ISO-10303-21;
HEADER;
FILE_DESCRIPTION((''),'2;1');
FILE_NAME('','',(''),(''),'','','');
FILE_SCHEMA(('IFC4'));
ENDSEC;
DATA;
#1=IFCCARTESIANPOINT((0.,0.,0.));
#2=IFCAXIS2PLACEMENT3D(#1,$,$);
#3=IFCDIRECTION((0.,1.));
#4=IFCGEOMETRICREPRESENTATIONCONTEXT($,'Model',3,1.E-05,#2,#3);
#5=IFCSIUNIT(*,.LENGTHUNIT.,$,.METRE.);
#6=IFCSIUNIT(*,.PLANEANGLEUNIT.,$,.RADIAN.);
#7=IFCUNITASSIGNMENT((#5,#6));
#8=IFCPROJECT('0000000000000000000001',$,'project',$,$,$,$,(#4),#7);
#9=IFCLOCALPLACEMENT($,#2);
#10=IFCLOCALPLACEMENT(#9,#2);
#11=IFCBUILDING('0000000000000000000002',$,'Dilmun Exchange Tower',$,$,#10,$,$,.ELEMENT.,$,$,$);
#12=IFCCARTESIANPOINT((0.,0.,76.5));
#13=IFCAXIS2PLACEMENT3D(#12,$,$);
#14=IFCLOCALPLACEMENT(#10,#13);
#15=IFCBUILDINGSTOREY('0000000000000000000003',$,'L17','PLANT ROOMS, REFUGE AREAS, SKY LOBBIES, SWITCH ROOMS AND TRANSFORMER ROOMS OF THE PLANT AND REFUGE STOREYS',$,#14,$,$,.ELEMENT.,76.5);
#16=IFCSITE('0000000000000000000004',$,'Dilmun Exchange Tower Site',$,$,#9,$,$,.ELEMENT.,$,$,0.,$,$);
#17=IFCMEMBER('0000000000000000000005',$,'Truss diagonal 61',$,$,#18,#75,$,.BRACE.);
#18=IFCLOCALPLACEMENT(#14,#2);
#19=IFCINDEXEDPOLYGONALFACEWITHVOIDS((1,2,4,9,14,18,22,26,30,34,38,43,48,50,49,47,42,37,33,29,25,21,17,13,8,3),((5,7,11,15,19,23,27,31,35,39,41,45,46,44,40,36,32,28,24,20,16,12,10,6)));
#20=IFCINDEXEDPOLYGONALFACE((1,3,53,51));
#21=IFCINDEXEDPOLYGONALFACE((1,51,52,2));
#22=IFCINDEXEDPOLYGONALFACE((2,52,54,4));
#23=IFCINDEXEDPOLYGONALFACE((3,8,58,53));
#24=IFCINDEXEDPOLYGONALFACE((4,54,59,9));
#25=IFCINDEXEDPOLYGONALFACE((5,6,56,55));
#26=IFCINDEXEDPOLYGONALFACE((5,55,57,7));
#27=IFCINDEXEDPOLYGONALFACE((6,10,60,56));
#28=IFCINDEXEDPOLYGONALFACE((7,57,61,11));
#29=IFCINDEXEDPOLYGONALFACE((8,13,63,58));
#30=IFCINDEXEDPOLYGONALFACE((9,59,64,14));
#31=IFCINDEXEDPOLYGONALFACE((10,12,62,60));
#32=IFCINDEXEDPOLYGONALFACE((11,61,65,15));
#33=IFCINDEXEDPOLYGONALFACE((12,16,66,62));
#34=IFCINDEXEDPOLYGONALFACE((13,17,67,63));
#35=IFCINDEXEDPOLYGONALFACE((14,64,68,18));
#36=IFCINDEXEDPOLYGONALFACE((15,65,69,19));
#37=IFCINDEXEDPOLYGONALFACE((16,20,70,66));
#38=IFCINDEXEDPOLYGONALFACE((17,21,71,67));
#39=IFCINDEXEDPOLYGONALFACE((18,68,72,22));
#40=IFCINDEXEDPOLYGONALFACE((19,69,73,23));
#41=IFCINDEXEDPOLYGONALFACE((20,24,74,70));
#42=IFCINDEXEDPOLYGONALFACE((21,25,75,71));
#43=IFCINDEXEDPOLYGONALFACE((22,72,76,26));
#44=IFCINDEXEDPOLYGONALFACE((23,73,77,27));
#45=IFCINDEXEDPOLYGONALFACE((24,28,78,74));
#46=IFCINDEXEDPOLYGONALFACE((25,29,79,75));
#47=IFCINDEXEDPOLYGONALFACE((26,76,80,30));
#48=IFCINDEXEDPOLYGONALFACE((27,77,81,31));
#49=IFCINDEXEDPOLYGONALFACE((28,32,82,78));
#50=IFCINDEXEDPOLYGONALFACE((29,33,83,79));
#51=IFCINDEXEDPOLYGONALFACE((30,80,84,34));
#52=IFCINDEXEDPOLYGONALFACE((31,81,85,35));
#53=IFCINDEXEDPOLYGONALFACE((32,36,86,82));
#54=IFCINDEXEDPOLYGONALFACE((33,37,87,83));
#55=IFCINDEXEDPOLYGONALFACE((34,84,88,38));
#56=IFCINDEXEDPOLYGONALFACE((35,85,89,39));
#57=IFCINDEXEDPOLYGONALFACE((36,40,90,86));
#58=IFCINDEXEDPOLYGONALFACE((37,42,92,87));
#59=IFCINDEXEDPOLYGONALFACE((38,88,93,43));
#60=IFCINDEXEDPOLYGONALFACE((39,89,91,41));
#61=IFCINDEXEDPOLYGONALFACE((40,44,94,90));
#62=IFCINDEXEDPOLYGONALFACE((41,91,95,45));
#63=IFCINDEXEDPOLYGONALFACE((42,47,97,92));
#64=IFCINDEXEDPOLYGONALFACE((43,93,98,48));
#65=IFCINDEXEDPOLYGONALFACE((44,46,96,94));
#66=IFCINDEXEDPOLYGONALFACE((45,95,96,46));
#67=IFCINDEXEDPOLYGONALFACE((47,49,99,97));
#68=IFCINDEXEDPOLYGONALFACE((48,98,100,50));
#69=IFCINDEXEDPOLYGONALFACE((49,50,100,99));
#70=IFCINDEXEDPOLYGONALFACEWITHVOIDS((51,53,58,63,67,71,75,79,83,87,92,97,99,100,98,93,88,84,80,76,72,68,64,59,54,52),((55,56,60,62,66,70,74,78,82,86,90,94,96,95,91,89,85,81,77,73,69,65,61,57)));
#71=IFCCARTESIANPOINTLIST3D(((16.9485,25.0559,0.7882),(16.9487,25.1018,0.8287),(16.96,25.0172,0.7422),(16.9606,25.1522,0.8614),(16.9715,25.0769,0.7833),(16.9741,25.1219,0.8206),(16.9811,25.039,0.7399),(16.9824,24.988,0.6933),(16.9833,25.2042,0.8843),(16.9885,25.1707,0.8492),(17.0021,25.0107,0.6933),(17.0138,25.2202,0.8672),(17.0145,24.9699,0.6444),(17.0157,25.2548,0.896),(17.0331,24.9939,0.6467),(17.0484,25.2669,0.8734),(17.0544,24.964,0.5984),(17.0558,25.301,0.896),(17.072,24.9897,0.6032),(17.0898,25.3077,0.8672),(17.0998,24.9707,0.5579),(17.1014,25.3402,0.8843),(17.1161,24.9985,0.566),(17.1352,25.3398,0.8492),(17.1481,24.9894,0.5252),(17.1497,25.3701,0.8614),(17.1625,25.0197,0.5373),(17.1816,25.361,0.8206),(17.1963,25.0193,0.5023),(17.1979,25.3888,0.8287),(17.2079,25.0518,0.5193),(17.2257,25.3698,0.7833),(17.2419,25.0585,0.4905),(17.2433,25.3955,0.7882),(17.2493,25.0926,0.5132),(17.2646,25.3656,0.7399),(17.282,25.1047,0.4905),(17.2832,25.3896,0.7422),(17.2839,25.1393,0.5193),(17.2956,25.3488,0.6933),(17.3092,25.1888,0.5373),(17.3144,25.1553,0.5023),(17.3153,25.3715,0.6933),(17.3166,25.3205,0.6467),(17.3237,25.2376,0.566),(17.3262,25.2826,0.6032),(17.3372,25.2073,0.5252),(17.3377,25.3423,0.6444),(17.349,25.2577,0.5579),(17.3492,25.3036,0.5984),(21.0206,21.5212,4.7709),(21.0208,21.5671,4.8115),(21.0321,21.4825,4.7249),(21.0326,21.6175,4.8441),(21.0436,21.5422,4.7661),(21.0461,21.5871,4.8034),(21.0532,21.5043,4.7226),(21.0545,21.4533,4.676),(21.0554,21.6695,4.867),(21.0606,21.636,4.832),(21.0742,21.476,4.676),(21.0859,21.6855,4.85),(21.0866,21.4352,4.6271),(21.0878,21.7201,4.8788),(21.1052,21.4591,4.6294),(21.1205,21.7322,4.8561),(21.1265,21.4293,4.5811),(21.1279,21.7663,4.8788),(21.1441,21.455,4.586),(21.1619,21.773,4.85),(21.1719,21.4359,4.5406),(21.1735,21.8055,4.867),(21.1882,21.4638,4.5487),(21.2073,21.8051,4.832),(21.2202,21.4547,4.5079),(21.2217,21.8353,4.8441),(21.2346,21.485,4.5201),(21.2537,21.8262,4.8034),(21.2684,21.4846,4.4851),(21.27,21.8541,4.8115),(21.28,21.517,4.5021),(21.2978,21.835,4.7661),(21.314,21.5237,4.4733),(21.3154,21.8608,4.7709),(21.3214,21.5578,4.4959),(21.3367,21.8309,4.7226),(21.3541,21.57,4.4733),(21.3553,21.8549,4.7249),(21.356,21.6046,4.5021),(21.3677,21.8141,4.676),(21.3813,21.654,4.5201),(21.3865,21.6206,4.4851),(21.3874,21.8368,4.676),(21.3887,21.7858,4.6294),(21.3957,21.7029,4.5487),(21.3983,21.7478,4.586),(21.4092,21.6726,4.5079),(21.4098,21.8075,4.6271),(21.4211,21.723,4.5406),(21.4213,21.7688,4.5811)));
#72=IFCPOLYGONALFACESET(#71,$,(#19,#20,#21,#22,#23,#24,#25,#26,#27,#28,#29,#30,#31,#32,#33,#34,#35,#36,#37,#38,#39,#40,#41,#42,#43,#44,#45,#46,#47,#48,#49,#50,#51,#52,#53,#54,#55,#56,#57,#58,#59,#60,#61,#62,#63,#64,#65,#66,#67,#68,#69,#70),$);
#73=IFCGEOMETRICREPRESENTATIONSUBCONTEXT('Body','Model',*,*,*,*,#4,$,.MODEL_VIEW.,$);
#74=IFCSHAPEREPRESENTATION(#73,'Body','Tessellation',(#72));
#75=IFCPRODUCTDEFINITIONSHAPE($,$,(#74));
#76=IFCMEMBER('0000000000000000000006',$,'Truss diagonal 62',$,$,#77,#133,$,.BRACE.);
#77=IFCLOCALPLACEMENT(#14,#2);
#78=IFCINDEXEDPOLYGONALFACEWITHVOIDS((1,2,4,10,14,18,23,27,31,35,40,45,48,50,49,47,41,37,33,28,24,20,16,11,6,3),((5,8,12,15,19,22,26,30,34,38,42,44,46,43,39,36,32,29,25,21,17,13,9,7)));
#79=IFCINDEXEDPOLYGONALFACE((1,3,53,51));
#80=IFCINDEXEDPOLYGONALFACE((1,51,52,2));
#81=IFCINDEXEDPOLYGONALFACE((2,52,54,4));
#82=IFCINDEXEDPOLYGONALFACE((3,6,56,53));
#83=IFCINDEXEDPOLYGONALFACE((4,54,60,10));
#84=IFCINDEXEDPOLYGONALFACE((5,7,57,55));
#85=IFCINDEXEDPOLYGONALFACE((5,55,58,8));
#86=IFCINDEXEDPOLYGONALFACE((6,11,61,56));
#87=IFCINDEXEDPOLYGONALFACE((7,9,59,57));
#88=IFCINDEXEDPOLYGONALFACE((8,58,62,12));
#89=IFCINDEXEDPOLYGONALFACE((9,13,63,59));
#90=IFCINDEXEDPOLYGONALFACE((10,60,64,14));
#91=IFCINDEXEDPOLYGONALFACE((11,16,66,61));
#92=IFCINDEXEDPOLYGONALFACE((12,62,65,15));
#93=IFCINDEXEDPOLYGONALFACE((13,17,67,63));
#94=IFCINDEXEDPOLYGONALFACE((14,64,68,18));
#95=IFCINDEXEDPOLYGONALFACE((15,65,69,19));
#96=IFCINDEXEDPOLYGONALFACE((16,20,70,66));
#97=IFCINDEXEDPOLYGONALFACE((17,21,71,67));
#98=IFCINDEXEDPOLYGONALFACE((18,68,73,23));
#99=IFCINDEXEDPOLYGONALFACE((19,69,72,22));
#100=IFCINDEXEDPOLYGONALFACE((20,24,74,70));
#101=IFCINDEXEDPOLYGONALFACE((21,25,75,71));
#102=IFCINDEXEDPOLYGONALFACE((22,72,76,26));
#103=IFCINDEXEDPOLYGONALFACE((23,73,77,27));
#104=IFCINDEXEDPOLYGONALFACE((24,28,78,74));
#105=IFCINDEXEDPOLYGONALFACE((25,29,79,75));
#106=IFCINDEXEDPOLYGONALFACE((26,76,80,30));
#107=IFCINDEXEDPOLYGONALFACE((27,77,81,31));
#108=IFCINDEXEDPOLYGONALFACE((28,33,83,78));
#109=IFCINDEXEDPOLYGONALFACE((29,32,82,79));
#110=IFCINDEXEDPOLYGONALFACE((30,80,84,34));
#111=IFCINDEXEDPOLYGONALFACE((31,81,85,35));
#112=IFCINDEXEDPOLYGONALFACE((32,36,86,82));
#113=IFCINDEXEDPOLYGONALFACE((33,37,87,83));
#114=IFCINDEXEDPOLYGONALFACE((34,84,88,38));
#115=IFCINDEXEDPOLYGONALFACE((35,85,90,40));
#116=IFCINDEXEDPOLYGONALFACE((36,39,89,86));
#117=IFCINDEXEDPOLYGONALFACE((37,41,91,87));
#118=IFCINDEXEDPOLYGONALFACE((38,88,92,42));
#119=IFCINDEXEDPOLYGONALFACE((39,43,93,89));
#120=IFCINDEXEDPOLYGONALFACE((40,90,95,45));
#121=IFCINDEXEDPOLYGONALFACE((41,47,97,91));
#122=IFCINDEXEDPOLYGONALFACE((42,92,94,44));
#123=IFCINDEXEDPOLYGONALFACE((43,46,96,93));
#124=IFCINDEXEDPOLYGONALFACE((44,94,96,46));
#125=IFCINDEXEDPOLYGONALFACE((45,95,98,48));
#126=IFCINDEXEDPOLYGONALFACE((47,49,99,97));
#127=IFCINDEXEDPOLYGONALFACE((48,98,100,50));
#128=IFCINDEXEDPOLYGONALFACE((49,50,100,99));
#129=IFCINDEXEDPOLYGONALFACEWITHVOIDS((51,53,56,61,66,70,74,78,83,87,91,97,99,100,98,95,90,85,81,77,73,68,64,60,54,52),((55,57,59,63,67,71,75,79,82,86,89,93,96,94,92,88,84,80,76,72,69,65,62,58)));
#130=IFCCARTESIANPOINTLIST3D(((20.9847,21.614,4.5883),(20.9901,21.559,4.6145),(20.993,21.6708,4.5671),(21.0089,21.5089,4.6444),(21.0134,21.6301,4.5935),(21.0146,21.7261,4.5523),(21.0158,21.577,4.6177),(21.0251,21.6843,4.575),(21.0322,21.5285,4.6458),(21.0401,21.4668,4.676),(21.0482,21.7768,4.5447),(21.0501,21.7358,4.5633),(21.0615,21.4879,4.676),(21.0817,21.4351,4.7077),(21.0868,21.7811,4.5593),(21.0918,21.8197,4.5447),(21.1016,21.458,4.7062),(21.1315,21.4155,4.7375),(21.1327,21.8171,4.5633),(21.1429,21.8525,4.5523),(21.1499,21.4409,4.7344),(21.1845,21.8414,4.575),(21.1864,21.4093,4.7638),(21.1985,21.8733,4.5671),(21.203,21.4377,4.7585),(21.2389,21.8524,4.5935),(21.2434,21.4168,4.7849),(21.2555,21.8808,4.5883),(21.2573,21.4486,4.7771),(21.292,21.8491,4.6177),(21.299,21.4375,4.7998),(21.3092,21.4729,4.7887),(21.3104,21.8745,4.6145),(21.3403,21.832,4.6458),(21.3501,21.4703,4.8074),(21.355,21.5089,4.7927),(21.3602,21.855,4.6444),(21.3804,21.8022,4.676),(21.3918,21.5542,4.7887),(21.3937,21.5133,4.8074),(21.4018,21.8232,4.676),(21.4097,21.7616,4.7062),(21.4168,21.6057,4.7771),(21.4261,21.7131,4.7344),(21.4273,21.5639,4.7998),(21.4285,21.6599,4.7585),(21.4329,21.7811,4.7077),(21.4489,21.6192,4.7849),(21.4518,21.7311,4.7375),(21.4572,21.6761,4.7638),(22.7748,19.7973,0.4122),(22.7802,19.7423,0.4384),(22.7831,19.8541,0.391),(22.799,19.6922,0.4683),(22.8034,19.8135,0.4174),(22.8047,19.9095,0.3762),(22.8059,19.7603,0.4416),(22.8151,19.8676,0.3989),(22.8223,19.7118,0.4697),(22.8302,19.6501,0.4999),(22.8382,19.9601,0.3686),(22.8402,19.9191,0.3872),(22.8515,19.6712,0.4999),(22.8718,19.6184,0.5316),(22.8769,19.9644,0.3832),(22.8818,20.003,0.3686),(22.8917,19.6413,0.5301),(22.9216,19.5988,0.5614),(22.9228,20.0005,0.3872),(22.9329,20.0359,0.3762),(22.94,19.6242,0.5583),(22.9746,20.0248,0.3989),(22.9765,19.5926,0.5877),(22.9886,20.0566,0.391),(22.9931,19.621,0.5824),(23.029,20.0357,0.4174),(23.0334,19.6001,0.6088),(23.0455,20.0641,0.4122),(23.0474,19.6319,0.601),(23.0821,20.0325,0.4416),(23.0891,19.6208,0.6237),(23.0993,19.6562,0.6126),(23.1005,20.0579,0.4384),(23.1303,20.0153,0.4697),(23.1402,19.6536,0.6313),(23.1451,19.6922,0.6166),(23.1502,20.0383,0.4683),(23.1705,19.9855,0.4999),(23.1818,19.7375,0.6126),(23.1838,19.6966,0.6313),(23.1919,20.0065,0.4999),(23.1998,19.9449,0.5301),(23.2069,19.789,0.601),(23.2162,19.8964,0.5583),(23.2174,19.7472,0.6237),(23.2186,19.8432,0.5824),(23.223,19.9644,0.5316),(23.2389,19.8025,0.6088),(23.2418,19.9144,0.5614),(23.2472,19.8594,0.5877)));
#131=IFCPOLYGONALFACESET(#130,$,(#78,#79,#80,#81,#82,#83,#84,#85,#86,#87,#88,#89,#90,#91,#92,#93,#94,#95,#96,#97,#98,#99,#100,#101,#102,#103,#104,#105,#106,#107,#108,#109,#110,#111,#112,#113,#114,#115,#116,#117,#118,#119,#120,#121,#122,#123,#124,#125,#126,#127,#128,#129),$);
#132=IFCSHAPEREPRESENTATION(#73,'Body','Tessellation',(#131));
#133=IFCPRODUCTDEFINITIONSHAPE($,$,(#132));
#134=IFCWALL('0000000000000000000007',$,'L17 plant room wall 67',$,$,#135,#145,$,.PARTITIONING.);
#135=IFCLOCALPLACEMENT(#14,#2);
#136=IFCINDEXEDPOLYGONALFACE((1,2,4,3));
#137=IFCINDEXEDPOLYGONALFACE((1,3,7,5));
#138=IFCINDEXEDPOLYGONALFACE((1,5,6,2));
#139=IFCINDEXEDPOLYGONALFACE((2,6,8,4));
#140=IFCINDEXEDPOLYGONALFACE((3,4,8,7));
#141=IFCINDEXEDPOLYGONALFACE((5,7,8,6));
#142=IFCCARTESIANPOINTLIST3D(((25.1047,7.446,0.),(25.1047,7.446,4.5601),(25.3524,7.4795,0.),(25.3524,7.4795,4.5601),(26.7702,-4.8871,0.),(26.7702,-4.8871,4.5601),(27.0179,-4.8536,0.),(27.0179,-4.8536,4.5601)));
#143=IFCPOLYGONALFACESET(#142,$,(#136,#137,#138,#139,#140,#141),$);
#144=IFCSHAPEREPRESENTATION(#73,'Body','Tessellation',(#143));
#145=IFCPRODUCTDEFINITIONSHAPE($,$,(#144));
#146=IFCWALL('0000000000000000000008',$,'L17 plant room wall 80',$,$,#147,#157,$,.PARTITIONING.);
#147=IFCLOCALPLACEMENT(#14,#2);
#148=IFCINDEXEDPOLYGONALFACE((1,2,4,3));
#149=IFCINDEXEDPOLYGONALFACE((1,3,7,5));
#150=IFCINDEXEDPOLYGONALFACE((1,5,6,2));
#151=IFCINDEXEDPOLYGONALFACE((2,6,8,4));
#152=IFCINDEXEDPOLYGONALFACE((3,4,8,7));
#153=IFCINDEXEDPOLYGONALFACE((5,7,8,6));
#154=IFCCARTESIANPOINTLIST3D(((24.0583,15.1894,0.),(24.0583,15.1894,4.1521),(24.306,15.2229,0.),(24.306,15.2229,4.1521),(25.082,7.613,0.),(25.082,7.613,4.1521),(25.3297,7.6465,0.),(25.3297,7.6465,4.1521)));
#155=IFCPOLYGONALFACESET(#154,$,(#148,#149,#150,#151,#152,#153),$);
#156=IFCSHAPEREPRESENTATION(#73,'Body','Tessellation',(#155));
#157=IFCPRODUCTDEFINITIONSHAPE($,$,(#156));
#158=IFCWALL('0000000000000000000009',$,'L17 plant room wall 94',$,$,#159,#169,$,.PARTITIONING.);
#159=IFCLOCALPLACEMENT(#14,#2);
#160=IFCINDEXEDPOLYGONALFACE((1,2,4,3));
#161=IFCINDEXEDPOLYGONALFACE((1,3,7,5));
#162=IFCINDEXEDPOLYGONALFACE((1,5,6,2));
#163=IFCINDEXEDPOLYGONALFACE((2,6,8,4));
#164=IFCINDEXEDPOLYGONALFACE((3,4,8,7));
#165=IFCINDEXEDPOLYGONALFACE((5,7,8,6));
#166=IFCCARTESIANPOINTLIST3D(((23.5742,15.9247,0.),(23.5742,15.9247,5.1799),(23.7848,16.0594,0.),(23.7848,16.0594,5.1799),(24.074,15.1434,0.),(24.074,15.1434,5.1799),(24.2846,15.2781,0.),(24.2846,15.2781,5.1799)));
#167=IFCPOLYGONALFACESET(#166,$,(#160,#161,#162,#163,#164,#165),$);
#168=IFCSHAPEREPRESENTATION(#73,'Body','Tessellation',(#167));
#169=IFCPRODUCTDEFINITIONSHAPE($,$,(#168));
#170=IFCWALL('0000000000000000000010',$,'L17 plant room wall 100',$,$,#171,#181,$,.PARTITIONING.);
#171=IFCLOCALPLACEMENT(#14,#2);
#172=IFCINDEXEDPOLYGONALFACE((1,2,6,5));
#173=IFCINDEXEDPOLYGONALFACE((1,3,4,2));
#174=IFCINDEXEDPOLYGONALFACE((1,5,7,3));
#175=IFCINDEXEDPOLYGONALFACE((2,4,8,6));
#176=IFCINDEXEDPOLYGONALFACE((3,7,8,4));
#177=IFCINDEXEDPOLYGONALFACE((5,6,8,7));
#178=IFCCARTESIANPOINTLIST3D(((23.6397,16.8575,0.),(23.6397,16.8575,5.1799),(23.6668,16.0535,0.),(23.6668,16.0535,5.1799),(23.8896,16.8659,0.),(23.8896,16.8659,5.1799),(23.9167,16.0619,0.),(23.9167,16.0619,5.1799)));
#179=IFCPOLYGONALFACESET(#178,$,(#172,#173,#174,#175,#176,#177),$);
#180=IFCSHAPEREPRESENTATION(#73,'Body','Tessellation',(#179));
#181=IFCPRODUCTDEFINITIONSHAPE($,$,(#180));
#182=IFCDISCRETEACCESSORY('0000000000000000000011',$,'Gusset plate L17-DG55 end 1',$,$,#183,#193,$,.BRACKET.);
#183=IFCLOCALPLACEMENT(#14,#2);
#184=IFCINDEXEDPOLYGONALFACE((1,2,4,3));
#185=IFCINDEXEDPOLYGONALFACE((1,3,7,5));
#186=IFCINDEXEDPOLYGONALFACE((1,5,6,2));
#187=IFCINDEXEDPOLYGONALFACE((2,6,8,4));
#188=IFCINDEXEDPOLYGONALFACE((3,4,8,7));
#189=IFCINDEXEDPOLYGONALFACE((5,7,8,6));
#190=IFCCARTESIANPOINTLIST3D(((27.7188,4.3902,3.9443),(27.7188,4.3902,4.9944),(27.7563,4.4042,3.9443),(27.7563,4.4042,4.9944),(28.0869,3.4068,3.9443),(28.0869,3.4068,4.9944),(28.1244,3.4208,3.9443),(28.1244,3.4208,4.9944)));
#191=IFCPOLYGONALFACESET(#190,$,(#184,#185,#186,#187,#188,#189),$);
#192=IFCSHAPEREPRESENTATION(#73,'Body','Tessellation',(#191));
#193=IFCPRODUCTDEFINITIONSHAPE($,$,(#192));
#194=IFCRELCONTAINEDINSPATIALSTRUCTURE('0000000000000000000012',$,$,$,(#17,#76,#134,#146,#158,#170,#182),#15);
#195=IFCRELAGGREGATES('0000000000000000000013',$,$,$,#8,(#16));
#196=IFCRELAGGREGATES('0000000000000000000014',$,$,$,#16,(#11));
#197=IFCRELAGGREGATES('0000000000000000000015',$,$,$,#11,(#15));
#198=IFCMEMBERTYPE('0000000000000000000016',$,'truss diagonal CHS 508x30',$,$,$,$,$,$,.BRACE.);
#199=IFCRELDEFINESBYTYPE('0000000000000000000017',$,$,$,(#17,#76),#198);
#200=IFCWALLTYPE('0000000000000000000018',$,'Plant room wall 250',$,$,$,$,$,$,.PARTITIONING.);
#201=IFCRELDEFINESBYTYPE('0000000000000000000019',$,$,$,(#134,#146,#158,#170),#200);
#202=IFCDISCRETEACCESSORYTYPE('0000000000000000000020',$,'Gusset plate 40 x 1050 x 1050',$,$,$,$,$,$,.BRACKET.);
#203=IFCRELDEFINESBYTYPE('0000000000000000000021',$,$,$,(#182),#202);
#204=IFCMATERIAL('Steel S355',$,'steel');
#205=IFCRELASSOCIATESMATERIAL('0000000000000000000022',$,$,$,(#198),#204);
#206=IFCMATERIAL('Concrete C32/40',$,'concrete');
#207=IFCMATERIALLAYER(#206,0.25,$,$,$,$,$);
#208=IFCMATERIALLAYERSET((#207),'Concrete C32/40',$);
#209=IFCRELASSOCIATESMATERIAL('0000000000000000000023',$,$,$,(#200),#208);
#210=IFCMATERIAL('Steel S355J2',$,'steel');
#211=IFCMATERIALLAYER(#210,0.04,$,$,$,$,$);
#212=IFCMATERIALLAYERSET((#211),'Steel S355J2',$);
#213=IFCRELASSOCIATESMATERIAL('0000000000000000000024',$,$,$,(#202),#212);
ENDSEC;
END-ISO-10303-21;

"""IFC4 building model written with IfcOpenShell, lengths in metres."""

from ifc_helpers import new_model, si_unit, direction, frame, frame_2d, origin, origin_2d, place, context, subcontext, project, spatial, rectangle, hollow_circle, extrude, material, layer, layer_set, material_profile, profile_set, type_object, element, save


model = new_model("IFC4")

# Units and contexts
model_context = context("Model", 3, precision=1e-05, world=origin(), true_north=direction((0.0, 1.0)))
body_context = subcontext(model_context, "Body", "Model", "MODEL_VIEW")
ifc_project = project(units=[si_unit("LENGTHUNIT", "METRE"), si_unit("PLANEANGLEUNIT", "RADIAN")], contexts=[model_context])

# Site, building, storey
site_placement = place(None, origin())
site = spatial("IfcSite", under=ifc_project, at=site_placement, Name="Dilmun Exchange Tower Site", CompositionType="ELEMENT", RefElevation=0.0)
building_placement = place(site_placement, origin())
building = spatial("IfcBuilding", under=site, at=building_placement, Name="Dilmun Exchange Tower", CompositionType="ELEMENT")
storey_placement = place(building_placement, frame((0.0, 0.0, 76.5)))
storey = spatial("IfcBuildingStorey", under=building, at=storey_placement, Name="L17", Description="PLANT ROOMS, REFUGE AREAS, SKY LOBBIES, SWITCH ROOMS AND TRANSFORMER ROOMS OF THE PLANT AND REFUGE STOREYS", CompositionType="ELEMENT", Elevation=76.5)

# Shared definitions
ifc_material_1 = material(Name="Steel S355", Category="steel")

# Members
ifc_material_profile_1 = material_profile(ifc_material_1, hollow_circle(Radius=0.2539, WallThickness=0.03, at=origin_2d()), Name="CHS 508x30")
ifc_profile_set_1 = profile_set([ifc_material_profile_1], Name="Steel S355")
member_type = type_object("IfcMemberType", Name="truss diagonal CHS 508x30", PredefinedType="BRACE", material=ifc_profile_set_1)
member_1_placement = place(storey_placement, frame((21.2209, 21.645, 4.676), z_axis=(-0.607447, 0.527287, -0.594118), x_axis=(-0.655522, -0.755176, 0.0)))
element("IfcMember", 1, at=member_1_placement, inside=storey, type_object=member_type, Name="Truss diagonal 61", PredefinedType="BRACE", context=body_context, shape_type="SweptSolid", body=[
    extrude(hollow_circle(Radius=0.2539, WallThickness=0.03, at=origin_2d()), origin(), (0.0, 0.0, 1.0), 6.7036),
])
member_2_placement = place(storey_placement, frame((21.2209, 21.645, 4.676), z_axis=(0.36582, -0.371258, -0.85343), x_axis=(0.712305, 0.70187, 0.0)))
element("IfcMember", 2, at=member_2_placement, inside=storey, type_object=member_type, Name="Truss diagonal 62", PredefinedType="BRACE", context=body_context, shape_type="SweptSolid", body=[
    extrude(hollow_circle(Radius=0.2539, WallThickness=0.03, at=origin_2d()), origin(), (0.0, 0.0, 1.0), 4.8933),
])

# Walls
ifc_material_2 = material(Name="Concrete C32/40", Category="concrete")
ifc_layer_1 = layer(ifc_material_2, 0.25)
ifc_layer_set_1 = layer_set([ifc_layer_1], Name="Concrete C32/40")
wall_type = type_object("IfcWallType", Name="Plant room wall 250", PredefinedType="PARTITIONING", material=ifc_layer_set_1)
wall_1_placement = place(storey_placement, frame((25.2285, 7.4629, 0.0), z_axis=(0.0, 0.0, 1.0), x_axis=(0.133831, -0.991004, 0.0)))
element("IfcWall", 3, at=wall_1_placement, inside=storey, type_object=wall_type, Name="L17 plant room wall 67", PredefinedType="PARTITIONING", context=body_context, shape_type="SweptSolid", body=[
    extrude(rectangle(XDim=12.4451, YDim=0.25, at=frame_2d((6.2227, 0.0))), origin(), (0.0, 0.0, 1.0), 4.5601),
])
wall_2_placement = place(storey_placement, frame((24.1821, 15.2063, 0.0), z_axis=(0.0, 0.0, 1.0), x_axis=(0.133898, -0.990995, 0.0)))
element("IfcWall", 4, at=wall_2_placement, inside=storey, type_object=wall_type, Name="L17 plant room wall 80", PredefinedType="PARTITIONING", context=body_context, shape_type="SweptSolid", body=[
    extrude(rectangle(XDim=7.6453, YDim=0.25, at=frame_2d((3.8228, 0.0))), origin(), (0.0, 0.0, 1.0), 4.1521),
])
wall_3_placement = place(storey_placement, frame((23.6794, 15.9922, 0.0), z_axis=(0.0, 0.0, 1.0), x_axis=(0.538867, -0.842391, 0.0)))
element("IfcWall", 5, at=wall_3_placement, inside=storey, type_object=wall_type, Name="L17 plant room wall 94", PredefinedType="PARTITIONING", context=body_context, shape_type="SweptSolid", body=[
    extrude(rectangle(XDim=0.9275, YDim=0.25, at=frame_2d((0.4639, 0.0))), origin(), (0.0, 0.0, 1.0), 5.1799),
])
wall_4_placement = place(storey_placement, frame((23.7646, 16.8618, 0.0), z_axis=(0.0, 0.0, 1.0), x_axis=(0.033689, -0.999432, 0.0)))
element("IfcWall", 6, at=wall_4_placement, inside=storey, type_object=wall_type, Name="L17 plant room wall 100", PredefinedType="PARTITIONING", context=body_context, shape_type="SweptSolid", body=[
    extrude(rectangle(XDim=0.8044, YDim=0.25, at=frame_2d((0.4023, 0.0))), origin(), (0.0, 0.0, 1.0), 5.1799),
])

# Discrete accessory
ifc_material_3 = material(Name="Steel S355J2", Category="steel")
ifc_layer_2 = layer(ifc_material_3, 0.04)
ifc_layer_set_2 = layer_set([ifc_layer_2], Name="Steel S355J2")
discrete_accessory_type = type_object("IfcDiscreteAccessoryType", Name="Gusset plate 40 x 1050 x 1050", PredefinedType="BRACKET", material=ifc_layer_set_2)
for number, where, z_axis, x_axis, name in (
    (7, (27.9216, 3.9055, 3.9443), (0.0, 0.0, 1.0), (-0.350578, 0.936533, 0.0), "Gusset plate L17-DG55 end 1"),
):
    element("IfcDiscreteAccessory", number, at=place(storey_placement, frame(where, z_axis=z_axis, x_axis=x_axis)), inside=storey, type_object=discrete_accessory_type, Name=name, PredefinedType="BRACKET", context=body_context, shape_type="SweptSolid", body=[
        extrude(rectangle(XDim=1.05, YDim=0.04, at=origin_2d()), origin(), (0.0, 0.0, 1.0), 1.05),
    ])

save(model, "model.ifc")
